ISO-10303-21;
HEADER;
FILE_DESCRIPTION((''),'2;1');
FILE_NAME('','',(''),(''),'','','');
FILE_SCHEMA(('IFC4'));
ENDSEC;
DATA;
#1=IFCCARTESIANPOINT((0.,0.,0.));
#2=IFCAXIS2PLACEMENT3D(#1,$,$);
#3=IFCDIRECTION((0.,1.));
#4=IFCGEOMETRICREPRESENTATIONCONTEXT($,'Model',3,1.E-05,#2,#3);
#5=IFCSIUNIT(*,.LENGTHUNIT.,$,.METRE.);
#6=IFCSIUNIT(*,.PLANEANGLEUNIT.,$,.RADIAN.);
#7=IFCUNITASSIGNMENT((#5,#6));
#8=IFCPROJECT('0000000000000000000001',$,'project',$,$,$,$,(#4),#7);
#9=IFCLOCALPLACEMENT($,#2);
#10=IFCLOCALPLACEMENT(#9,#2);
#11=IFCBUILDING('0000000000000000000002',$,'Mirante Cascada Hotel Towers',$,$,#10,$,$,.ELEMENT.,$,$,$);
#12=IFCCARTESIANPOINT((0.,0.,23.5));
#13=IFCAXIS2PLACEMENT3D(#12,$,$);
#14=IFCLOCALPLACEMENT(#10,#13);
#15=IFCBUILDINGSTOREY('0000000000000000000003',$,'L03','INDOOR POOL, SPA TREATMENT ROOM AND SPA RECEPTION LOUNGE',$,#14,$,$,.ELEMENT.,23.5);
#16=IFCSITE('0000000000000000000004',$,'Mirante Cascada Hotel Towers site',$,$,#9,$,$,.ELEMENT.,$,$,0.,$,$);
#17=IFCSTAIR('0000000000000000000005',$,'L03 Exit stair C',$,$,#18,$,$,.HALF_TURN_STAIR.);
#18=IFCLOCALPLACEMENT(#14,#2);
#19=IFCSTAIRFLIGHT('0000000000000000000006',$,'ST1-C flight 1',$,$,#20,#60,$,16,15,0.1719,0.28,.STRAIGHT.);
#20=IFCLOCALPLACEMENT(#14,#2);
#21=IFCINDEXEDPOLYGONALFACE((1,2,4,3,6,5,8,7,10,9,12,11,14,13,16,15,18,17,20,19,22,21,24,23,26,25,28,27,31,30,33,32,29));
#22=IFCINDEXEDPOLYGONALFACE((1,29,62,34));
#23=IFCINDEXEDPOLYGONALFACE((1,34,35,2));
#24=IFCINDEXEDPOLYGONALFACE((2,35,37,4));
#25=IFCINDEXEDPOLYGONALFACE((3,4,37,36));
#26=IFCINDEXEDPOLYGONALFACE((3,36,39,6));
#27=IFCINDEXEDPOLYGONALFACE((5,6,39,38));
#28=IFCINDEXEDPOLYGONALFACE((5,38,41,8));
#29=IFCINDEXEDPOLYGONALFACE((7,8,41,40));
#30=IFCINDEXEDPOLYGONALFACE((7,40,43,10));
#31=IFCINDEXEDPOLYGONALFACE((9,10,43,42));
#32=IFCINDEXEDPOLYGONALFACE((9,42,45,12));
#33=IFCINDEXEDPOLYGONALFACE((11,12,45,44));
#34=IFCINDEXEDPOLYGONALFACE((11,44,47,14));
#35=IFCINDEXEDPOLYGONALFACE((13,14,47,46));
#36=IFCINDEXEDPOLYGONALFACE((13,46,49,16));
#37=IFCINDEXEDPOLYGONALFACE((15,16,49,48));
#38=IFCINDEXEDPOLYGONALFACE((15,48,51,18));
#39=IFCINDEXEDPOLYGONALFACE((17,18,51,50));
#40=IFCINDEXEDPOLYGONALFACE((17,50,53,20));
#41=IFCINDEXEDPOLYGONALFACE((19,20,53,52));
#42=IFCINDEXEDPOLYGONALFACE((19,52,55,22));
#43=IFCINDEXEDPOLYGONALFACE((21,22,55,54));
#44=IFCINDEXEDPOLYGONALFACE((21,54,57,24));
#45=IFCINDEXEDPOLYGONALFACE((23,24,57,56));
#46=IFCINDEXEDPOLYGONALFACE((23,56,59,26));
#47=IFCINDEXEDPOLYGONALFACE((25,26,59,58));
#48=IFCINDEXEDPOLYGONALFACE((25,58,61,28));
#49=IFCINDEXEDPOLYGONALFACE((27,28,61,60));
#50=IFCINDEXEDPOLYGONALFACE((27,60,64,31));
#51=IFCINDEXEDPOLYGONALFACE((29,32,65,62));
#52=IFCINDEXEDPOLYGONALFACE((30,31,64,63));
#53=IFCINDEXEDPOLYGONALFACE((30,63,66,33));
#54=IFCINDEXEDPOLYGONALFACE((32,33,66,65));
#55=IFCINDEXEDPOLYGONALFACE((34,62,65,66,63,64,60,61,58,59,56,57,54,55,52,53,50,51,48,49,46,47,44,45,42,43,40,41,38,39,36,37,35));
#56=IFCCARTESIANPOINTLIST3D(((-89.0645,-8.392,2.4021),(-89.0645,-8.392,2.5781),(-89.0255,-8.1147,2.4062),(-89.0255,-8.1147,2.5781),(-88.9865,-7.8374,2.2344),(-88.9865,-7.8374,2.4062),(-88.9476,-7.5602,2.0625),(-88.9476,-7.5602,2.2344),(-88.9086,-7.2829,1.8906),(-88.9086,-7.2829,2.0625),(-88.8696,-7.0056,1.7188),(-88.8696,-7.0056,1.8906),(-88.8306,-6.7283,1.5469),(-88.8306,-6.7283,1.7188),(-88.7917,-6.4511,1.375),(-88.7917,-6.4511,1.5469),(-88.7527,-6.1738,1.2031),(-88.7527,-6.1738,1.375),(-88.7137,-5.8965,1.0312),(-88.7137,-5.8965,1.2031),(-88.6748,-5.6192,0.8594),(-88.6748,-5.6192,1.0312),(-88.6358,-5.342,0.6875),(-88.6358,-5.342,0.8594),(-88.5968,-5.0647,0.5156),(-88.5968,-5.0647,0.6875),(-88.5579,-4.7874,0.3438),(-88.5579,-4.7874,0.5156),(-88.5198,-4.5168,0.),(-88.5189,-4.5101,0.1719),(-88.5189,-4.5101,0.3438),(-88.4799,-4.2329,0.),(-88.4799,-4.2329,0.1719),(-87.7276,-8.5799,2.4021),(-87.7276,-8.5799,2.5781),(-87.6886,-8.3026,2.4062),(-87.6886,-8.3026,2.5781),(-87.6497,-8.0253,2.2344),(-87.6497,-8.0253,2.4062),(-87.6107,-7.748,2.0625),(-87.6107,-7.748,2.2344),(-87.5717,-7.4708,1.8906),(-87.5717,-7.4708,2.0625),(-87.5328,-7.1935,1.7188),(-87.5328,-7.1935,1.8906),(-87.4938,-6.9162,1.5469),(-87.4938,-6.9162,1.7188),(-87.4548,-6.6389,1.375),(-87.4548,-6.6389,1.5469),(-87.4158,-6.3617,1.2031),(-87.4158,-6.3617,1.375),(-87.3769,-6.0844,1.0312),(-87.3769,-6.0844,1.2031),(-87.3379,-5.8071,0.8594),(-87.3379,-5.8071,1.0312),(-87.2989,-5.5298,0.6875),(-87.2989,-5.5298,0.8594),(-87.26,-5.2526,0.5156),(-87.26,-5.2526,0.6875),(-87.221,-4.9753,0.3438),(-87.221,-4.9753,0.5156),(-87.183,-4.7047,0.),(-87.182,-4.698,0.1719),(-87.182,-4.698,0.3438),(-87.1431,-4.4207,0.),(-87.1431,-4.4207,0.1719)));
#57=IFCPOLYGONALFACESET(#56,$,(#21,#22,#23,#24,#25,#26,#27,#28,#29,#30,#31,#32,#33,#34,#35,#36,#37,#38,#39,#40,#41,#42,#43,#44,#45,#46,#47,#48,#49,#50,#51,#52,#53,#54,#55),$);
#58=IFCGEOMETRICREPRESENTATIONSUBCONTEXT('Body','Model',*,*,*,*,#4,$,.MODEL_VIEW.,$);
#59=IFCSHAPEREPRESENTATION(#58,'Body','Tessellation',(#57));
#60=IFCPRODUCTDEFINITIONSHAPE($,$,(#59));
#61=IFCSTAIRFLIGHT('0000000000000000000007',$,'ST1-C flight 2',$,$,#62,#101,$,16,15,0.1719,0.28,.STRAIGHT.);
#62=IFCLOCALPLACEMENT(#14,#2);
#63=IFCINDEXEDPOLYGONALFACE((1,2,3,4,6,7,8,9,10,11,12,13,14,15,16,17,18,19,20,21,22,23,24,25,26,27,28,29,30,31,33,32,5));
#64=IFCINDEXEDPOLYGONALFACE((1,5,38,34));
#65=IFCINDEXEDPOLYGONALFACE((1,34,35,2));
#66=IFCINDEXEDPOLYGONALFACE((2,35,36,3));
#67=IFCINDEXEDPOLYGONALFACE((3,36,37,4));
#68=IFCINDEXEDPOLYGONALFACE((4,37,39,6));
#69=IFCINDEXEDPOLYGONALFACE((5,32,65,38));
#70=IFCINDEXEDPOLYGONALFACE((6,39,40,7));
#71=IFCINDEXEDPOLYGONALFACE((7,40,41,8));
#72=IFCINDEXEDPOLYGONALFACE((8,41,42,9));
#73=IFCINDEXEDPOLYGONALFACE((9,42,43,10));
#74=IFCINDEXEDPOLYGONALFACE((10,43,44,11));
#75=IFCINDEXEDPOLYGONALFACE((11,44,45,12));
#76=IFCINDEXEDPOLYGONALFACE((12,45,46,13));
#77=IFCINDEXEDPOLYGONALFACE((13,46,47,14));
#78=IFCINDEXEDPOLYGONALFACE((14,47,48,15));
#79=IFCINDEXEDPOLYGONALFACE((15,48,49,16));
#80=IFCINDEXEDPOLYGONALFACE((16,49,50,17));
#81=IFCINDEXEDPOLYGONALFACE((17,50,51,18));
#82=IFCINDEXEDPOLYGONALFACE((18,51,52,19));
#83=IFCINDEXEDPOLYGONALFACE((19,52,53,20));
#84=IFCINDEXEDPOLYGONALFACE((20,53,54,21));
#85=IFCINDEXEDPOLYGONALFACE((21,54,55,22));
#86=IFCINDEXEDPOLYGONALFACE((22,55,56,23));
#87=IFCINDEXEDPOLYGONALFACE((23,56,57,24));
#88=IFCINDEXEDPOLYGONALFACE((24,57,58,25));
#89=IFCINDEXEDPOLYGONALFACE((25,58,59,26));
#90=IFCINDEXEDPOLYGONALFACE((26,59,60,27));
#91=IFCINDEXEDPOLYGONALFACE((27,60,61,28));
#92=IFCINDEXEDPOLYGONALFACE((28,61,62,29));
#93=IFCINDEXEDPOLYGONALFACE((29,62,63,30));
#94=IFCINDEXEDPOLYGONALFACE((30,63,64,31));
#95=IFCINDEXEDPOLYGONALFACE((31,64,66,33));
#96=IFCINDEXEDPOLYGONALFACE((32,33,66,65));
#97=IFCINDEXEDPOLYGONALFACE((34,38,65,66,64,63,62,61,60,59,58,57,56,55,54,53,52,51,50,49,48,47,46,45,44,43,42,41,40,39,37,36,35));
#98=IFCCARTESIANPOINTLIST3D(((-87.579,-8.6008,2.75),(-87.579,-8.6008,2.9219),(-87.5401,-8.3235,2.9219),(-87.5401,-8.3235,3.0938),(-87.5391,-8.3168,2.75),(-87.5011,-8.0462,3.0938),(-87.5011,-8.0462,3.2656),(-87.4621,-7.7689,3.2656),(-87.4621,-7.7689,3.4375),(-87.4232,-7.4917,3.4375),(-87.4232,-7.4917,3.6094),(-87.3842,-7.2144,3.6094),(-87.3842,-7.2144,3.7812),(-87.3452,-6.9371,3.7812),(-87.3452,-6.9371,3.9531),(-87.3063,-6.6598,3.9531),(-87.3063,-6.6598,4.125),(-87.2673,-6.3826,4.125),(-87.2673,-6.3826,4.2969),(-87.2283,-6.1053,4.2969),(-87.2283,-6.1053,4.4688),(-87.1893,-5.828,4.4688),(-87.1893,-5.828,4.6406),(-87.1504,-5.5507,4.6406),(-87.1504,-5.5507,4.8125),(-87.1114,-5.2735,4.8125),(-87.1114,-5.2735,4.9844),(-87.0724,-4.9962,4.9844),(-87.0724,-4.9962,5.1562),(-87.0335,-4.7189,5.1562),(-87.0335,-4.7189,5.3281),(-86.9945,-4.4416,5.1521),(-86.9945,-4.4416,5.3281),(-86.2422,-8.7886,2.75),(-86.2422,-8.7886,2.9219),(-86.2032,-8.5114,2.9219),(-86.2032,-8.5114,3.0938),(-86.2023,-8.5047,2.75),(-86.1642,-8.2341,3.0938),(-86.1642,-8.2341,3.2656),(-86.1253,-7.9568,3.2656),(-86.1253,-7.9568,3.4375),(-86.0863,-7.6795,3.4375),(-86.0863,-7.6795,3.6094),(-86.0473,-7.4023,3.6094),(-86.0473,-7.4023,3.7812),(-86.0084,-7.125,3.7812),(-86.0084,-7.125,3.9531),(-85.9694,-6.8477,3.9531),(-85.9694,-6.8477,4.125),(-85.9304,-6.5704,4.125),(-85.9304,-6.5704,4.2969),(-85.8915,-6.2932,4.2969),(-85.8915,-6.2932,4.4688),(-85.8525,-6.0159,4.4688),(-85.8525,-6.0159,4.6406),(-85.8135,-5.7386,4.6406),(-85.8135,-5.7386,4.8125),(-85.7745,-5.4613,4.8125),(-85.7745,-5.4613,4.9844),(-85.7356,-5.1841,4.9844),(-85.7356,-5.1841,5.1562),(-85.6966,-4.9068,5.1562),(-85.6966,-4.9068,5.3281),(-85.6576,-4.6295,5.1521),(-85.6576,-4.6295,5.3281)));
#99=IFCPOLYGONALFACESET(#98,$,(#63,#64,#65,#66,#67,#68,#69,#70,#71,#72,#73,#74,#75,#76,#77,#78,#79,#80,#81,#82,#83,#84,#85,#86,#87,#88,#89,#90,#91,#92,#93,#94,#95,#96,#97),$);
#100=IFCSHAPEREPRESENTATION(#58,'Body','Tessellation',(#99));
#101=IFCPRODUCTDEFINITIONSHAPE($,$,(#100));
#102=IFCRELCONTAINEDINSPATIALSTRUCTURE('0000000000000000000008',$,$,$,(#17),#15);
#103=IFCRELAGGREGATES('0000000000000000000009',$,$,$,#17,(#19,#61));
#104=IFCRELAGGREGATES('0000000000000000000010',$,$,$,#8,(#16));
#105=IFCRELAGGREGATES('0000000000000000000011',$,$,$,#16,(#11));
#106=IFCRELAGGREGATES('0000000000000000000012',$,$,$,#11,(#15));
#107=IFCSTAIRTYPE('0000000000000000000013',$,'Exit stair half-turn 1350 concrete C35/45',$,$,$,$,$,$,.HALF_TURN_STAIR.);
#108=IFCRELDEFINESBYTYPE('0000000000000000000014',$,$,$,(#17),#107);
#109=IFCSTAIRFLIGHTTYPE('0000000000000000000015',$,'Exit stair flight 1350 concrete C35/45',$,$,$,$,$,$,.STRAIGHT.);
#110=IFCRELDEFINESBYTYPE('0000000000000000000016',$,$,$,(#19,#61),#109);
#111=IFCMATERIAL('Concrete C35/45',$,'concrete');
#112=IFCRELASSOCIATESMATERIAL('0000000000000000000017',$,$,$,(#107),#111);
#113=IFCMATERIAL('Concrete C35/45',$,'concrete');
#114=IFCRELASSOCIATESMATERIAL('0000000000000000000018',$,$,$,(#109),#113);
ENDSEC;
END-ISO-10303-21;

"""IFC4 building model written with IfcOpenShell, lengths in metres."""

from ifc_helpers import new_model, si_unit, direction, frame, origin, place, context, subcontext, project, spatial, polyline, outline, extrude, material, type_object, element, aggregate, save


model = new_model("IFC4")

# Units and contexts
model_context = context("Model", 3, precision=1e-05, world=origin(), true_north=direction((0.0, 1.0)))
body_context = subcontext(model_context, "Body", "Model", "MODEL_VIEW")
ifc_project = project(units=[si_unit("LENGTHUNIT", "METRE"), si_unit("PLANEANGLEUNIT", "RADIAN")], contexts=[model_context])

# Site, building, storey
site_placement = place(None, origin())
site = spatial("IfcSite", under=ifc_project, at=site_placement, Name="Mirante Cascada Hotel Towers site", CompositionType="ELEMENT", RefElevation=0.0)
building_placement = place(site_placement, origin())
building = spatial("IfcBuilding", under=site, at=building_placement, Name="Mirante Cascada Hotel Towers", CompositionType="ELEMENT")
storey_placement = place(building_placement, frame((0.0, 0.0, 23.5)))
storey = spatial("IfcBuildingStorey", under=building, at=storey_placement, Name="L03", Description="INDOOR POOL, SPA TREATMENT ROOM AND SPA RECEPTION LOUNGE", CompositionType="ELEMENT", Elevation=23.5)

# Stair, stair flights
ifc_material_1 = material(Name="Concrete C35/45", Category="concrete")
stair_type = type_object("IfcStairType", Name="Exit stair half-turn 1350 concrete C35/45", PredefinedType="HALF_TURN_STAIR", material=ifc_material_1)
stair_placement = place(storey_placement, origin())
stair = element("IfcStair", 1, at=stair_placement, inside=storey, type_object=stair_type, Name="L03 Exit stair C", PredefinedType="HALF_TURN_STAIR")
ifc_material_2 = material(Name="Concrete C35/45", Category="concrete")
stair_flight_type = type_object("IfcStairFlightType", Name="Exit stair flight 1350 concrete C35/45", PredefinedType="STRAIGHT", material=ifc_material_2)
stair_flight_1_placement = place(storey_placement, frame((-87.8115, -4.3268, 0.0), z_axis=(0.0, 0.0, 1.0), x_axis=(-0.139173, -0.990268, 0.0)))
stair_flight_1 = element("IfcStairFlight", 2, at=stair_flight_1_placement, type_object=stair_flight_type, Name="ST1-C flight 1", NumberOfRisers=16, NumberOfTreads=15, PredefinedType="STRAIGHT", RiserHeight=0.1719, TreadLength=0.28, context=body_context, shape_type="SweptSolid", body=[
    extrude(outline(polyline([(0.0, 0.0), (0.0, 0.1719), (0.28, 0.1719), (0.28, 0.3438), (0.56, 0.3438), (0.56, 0.5156), (0.84, 0.5156), (0.84, 0.6875), (1.12, 0.6875), (1.12, 0.8594), (1.4, 0.8594), (1.4, 1.0312), (1.68, 1.0312), (1.68, 1.2031), (1.96, 1.2031), (1.96, 1.375), (2.24, 1.375), (2.24, 1.5469), (2.52, 1.5469), (2.52, 1.7188), (2.8, 1.7188), (2.8, 1.8906), (3.08, 1.8906), (3.08, 2.0625), (3.36, 2.0625), (3.36, 2.2344), (3.64, 2.2344), (3.64, 2.4062), (3.92, 2.4062), (3.92, 2.5781), (4.2, 2.5781), (4.2, 2.75), (4.2, 2.4021), (0.2867, 0.0), (0.0, 0.0)])), frame((0.0, 0.675, 0.0), z_axis=(0.0, -1.0, 0.0), x_axis=(1.0, 0.0, 0.0)), (0.0, 0.0, 1.0), 1.35),
])
stair_flight_2_placement = place(storey_placement, frame((-86.9106, -8.6947, 2.75), z_axis=(0.0, 0.0, 1.0), x_axis=(0.139173, 0.990268, 0.0)))
stair_flight_2 = element("IfcStairFlight", 3, at=stair_flight_2_placement, type_object=stair_flight_type, Name="ST1-C flight 2", NumberOfRisers=16, NumberOfTreads=15, PredefinedType="STRAIGHT", RiserHeight=0.1719, TreadLength=0.28, context=body_context, shape_type="SweptSolid", body=[
    extrude(outline(polyline([(0.0, 0.0), (0.0, 0.1719), (0.28, 0.1719), (0.28, 0.3438), (0.56, 0.3438), (0.56, 0.5156), (0.84, 0.5156), (0.84, 0.6875), (1.12, 0.6875), (1.12, 0.8594), (1.4, 0.8594), (1.4, 1.0312), (1.68, 1.0312), (1.68, 1.2031), (1.96, 1.2031), (1.96, 1.375), (2.24, 1.375), (2.24, 1.5469), (2.52, 1.5469), (2.52, 1.7188), (2.8, 1.7188), (2.8, 1.8906), (3.08, 1.8906), (3.08, 2.0625), (3.36, 2.0625), (3.36, 2.2344), (3.64, 2.2344), (3.64, 2.4062), (3.92, 2.4062), (3.92, 2.5781), (4.2, 2.5781), (4.2, 2.75), (4.2, 2.4021), (0.2867, 0.0), (0.0, 0.0)])), frame((0.0, 0.675, 0.0), z_axis=(0.0, -1.0, 0.0), x_axis=(1.0, 0.0, 0.0)), (0.0, 0.0, 1.0), 1.35),
])
aggregate(stair, [stair_flight_1, stair_flight_2])

save(model, "model.ifc")
